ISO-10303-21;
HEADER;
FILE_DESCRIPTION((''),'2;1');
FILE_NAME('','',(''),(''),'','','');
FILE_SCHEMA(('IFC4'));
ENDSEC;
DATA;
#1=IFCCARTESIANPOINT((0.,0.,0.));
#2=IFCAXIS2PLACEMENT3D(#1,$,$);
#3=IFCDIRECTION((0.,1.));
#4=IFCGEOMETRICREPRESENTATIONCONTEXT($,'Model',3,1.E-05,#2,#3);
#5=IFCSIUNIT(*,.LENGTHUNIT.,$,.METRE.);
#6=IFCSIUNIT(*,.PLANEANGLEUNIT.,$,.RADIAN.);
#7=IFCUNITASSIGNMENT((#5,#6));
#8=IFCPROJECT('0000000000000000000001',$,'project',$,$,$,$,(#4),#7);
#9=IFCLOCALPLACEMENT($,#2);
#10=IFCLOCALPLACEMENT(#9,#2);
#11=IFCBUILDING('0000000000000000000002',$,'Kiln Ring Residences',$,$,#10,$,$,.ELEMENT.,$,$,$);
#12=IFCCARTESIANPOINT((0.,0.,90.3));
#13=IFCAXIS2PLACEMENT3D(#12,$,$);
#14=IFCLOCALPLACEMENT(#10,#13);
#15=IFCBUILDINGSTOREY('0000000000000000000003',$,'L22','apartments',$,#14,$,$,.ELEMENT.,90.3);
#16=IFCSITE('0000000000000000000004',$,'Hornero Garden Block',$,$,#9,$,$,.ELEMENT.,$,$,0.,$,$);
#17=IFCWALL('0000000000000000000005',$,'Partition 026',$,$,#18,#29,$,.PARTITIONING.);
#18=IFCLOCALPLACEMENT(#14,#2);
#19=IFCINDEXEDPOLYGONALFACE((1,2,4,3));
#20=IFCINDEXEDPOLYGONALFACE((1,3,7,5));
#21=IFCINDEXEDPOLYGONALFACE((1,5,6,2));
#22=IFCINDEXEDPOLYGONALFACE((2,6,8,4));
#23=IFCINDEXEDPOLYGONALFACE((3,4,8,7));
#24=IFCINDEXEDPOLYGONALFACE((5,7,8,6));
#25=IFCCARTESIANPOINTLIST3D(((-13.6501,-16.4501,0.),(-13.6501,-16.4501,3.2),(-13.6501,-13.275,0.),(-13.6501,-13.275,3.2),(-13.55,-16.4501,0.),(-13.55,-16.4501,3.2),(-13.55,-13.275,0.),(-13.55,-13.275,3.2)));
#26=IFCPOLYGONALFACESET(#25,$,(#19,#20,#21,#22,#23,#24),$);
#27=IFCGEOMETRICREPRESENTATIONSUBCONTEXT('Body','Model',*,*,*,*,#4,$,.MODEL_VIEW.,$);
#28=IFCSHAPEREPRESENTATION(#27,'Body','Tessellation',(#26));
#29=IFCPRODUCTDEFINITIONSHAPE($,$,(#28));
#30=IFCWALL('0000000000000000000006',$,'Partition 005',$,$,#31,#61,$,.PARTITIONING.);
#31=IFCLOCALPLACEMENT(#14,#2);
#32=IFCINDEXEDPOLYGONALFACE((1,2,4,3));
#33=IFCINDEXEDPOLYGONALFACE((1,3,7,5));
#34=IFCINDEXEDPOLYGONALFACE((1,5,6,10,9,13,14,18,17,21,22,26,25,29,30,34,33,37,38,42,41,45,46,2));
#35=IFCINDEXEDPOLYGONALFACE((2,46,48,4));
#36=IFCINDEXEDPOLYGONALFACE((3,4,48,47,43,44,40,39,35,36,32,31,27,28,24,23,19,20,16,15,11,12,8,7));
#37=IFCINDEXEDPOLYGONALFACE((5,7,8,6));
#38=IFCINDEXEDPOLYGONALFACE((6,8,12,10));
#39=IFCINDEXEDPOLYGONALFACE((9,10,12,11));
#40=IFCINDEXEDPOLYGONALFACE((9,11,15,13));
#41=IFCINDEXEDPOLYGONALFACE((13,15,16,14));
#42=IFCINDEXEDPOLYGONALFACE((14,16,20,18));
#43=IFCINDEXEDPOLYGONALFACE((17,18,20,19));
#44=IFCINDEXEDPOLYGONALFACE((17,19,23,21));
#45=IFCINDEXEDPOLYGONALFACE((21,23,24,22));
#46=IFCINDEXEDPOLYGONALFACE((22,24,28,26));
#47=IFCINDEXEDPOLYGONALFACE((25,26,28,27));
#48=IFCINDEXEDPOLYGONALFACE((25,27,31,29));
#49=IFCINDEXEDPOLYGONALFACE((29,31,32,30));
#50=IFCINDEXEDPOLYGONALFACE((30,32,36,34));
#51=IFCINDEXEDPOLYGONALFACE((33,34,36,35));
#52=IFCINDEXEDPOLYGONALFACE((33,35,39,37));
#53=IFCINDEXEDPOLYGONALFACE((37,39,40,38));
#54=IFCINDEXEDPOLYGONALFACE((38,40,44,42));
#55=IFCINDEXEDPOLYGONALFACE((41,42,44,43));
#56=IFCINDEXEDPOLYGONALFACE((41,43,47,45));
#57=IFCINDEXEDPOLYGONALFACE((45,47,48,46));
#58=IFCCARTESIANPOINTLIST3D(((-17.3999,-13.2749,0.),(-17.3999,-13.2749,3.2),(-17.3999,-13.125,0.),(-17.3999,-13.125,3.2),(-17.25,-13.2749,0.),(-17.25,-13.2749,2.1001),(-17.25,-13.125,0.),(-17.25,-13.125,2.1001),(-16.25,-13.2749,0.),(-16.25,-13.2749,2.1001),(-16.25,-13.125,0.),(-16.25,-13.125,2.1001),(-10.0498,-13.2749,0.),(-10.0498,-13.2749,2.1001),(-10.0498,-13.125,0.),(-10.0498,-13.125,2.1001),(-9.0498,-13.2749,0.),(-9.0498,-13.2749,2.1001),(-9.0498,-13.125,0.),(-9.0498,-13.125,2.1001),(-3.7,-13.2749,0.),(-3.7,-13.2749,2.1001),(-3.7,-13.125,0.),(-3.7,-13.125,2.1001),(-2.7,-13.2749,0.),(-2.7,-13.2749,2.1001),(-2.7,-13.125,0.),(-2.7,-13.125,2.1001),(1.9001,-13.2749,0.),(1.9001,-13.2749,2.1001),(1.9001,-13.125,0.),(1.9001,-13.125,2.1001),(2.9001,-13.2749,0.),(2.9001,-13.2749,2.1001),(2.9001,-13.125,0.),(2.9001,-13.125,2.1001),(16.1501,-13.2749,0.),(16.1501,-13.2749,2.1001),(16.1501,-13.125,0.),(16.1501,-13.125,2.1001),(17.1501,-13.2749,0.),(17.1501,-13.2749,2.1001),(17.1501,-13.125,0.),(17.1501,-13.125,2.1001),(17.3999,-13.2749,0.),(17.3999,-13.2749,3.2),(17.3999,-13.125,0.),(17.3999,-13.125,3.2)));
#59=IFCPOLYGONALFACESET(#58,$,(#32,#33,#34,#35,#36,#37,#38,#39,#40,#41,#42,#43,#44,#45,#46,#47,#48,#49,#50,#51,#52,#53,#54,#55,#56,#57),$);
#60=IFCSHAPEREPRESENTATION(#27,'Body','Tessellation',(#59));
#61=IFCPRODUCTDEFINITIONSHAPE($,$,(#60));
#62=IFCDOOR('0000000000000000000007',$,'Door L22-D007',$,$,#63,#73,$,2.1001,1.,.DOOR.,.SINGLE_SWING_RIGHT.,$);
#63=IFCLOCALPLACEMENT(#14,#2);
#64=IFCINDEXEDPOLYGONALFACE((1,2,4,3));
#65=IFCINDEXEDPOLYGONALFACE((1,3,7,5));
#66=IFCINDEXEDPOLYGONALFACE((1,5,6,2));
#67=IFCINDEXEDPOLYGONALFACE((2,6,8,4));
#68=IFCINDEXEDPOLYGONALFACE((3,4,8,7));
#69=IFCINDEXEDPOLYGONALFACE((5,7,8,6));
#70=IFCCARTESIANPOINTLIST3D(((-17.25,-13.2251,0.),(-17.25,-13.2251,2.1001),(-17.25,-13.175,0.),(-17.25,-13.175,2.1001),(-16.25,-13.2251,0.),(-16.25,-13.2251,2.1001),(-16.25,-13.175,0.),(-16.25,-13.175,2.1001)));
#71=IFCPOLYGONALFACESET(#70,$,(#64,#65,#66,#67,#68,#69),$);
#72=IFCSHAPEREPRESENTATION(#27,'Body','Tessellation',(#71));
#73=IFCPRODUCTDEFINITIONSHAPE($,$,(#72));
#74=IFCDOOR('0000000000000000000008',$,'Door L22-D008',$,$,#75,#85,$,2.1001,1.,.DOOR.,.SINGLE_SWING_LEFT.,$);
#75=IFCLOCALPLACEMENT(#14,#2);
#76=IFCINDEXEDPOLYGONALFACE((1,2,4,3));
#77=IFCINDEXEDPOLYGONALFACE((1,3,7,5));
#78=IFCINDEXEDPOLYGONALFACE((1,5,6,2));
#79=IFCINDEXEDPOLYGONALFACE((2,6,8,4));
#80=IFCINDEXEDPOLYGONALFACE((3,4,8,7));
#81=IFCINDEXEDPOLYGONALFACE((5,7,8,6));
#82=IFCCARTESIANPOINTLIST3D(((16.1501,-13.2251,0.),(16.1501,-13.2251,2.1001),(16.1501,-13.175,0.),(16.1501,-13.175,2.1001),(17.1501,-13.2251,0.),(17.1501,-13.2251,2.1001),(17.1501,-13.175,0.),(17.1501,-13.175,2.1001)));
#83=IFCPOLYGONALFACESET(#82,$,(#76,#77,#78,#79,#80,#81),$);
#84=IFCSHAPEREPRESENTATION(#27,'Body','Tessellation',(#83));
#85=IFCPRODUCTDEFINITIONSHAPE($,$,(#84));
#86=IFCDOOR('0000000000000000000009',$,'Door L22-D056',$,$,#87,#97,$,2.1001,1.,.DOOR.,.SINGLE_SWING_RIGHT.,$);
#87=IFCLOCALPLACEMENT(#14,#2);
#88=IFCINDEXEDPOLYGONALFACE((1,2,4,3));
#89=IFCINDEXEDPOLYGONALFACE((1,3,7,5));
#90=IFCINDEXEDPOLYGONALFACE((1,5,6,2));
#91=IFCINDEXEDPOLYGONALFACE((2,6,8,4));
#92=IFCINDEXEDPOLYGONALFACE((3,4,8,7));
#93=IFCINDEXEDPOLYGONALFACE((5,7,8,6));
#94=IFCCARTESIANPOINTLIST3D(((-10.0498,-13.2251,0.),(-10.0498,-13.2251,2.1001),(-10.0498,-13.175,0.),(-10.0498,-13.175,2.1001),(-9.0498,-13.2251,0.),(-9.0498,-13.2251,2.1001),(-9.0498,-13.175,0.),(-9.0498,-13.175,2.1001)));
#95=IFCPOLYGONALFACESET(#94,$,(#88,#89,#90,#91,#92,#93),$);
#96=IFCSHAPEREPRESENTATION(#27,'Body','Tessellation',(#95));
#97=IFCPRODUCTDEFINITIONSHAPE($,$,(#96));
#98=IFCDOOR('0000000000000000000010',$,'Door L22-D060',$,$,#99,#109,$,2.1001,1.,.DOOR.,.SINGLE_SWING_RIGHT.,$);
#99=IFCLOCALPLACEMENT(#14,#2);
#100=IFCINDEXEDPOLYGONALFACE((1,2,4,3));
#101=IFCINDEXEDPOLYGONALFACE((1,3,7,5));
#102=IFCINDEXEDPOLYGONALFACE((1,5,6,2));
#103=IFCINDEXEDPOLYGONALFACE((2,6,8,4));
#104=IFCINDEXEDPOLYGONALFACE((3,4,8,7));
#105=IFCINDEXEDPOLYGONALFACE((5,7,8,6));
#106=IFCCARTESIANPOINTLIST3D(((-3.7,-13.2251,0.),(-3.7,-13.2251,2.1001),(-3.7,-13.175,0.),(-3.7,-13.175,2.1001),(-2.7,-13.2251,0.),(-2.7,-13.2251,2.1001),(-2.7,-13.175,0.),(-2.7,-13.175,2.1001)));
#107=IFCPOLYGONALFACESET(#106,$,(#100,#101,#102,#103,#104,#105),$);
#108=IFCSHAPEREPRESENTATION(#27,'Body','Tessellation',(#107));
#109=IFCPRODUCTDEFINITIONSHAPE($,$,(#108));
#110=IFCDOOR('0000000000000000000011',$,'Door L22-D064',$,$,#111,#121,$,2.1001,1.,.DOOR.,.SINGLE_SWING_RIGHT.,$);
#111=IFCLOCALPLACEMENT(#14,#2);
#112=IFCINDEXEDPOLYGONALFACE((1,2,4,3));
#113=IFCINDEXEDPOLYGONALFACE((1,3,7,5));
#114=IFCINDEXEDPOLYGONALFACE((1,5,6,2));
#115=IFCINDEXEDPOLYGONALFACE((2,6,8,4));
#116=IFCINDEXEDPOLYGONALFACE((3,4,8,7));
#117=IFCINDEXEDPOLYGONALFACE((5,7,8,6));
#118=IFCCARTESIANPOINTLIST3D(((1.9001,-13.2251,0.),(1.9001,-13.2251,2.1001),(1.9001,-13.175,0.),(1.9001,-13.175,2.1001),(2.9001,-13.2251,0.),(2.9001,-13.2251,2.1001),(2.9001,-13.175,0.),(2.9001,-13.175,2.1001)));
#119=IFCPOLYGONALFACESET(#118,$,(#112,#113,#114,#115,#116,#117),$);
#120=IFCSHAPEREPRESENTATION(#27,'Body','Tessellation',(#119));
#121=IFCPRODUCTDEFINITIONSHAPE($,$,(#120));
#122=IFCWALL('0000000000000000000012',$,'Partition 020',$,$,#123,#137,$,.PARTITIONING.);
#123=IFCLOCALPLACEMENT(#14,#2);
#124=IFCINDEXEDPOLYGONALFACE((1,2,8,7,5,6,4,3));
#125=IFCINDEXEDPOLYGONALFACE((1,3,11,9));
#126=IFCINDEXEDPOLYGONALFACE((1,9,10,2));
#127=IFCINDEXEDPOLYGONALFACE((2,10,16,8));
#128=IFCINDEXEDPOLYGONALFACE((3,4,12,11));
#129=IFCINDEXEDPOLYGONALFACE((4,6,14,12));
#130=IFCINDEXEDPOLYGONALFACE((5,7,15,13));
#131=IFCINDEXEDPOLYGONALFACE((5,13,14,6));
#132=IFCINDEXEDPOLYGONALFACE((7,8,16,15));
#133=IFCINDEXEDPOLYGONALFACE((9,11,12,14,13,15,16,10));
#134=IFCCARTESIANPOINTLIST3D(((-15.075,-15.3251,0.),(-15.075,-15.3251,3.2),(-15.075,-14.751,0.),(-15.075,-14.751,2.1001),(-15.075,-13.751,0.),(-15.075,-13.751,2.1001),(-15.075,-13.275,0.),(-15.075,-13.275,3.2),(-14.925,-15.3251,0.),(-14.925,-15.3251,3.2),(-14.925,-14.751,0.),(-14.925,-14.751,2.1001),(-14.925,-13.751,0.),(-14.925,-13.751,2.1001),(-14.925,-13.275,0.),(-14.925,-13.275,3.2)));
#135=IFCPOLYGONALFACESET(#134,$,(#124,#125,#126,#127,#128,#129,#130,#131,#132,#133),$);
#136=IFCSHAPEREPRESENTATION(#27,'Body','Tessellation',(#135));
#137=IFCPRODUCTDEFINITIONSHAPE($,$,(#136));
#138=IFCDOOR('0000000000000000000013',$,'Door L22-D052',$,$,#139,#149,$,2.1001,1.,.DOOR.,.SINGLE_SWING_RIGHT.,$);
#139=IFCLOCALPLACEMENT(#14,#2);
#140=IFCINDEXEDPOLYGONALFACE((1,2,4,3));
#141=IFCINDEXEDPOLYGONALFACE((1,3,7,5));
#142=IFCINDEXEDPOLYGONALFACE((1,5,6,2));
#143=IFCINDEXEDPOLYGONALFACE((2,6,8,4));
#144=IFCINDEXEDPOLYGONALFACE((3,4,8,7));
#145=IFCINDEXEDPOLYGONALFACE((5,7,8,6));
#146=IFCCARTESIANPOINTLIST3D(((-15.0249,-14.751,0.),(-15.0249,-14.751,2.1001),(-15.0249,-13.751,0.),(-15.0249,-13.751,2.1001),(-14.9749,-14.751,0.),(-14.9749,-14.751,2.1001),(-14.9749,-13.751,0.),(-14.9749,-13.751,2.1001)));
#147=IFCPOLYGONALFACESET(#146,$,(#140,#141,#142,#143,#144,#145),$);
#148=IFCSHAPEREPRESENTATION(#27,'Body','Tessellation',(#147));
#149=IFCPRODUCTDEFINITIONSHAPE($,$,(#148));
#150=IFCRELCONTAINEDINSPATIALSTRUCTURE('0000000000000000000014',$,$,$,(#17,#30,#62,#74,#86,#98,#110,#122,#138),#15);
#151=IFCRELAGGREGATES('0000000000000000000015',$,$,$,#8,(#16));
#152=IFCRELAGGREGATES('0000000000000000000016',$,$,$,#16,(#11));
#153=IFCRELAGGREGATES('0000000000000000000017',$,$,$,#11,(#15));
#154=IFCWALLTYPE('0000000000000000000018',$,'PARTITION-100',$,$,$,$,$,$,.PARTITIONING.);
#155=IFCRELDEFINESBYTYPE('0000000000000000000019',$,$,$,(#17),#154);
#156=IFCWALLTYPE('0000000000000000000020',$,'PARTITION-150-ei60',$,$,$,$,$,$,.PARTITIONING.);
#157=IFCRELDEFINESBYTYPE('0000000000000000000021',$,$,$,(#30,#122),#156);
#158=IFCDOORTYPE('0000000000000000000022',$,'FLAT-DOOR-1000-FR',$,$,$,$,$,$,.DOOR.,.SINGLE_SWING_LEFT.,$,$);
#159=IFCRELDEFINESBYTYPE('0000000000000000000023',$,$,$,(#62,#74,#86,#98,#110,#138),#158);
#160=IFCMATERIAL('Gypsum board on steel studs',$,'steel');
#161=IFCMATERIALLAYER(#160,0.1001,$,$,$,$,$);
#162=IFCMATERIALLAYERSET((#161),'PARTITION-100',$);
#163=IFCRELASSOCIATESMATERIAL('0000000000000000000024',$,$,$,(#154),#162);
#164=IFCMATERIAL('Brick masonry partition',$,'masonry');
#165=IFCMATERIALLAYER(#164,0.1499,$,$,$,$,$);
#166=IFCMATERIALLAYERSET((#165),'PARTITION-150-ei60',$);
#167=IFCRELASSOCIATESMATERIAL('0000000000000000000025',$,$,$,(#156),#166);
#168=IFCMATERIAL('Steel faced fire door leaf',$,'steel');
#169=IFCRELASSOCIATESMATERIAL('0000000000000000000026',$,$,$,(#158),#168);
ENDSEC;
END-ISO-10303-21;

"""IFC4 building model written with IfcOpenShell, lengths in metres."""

from ifc_helpers import new_model, si_unit, direction, frame, frame_2d, origin, place, context, subcontext, project, spatial, rectangle, extrude, material, layer, layer_set, type_object, element, fill, save


model = new_model("IFC4")

# Units and contexts
model_context = context("Model", 3, precision=1e-05, world=origin(), true_north=direction((0.0, 1.0)))
body_context = subcontext(model_context, "Body", "Model", "MODEL_VIEW")
ifc_project = project(units=[si_unit("LENGTHUNIT", "METRE"), si_unit("PLANEANGLEUNIT", "RADIAN")], contexts=[model_context])

# Site, building, storey
site_placement = place(None, origin())
site = spatial("IfcSite", under=ifc_project, at=site_placement, Name="Hornero Garden Block", CompositionType="ELEMENT", RefElevation=0.0)
building_placement = place(site_placement, origin())
building = spatial("IfcBuilding", under=site, at=building_placement, Name="Kiln Ring Residences", CompositionType="ELEMENT")
storey_placement = place(building_placement, frame((0.0, 0.0, 90.3)))
storey = spatial("IfcBuildingStorey", under=building, at=storey_placement, Name="L22", Description="apartments", CompositionType="ELEMENT", Elevation=90.3)

# Wall
ifc_material_1 = material(Name="Gypsum board on steel studs", Category="steel")
ifc_layer_1 = layer(ifc_material_1, 0.1001)
ifc_layer_set_1 = layer_set([ifc_layer_1], Name="PARTITION-100")
wall_type_1 = type_object("IfcWallType", Name="PARTITION-100", PredefinedType="PARTITIONING", material=ifc_layer_set_1)
wall_1_placement = place(storey_placement, frame((-13.6001, -16.45, 0.0), z_axis=(0.0, 0.0, 1.0), x_axis=(0.0, 1.0, 0.0)))
element("IfcWall", 1, at=wall_1_placement, inside=storey, type_object=wall_type_1, Name="Partition 026", PredefinedType="PARTITIONING", context=body_context, shape_type="SweptSolid", body=[
    extrude(rectangle(XDim=3.175, YDim=0.1001, at=frame_2d((1.5874, 0.0))), origin(), (0.0, 0.0, 1.0), 3.2),
])

# Wall, openings, doors
ifc_material_2 = material(Name="Brick masonry partition", Category="masonry")
ifc_layer_2 = layer(ifc_material_2, 0.1499)
ifc_layer_set_2 = layer_set([ifc_layer_2], Name="PARTITION-150-ei60")
wall_type_2 = type_object("IfcWallType", Name="PARTITION-150-ei60", PredefinedType="PARTITIONING", material=ifc_layer_set_2)
wall_2_placement = place(storey_placement, frame((-17.3999, -13.2, 0.0), z_axis=(0.0, 0.0, 1.0), x_axis=(1.0, 0.0, 0.0)))
wall_2 = element("IfcWall", 2, at=wall_2_placement, inside=storey, type_object=wall_type_2, Name="Partition 005", PredefinedType="PARTITIONING", context=body_context, shape_type="SweptSolid", body=[
    extrude(rectangle(XDim=34.7998, YDim=0.1499, at=frame_2d((17.3999, 0.0))), origin(), (0.0, 0.0, 1.0), 3.2),
])
opening_1_placement = place(wall_2_placement, frame((0.1499, 0.0, 0.0)))
opening_1 = element("IfcOpeningElement", 3, at=opening_1_placement, cuts=wall_2, PredefinedType="OPENING", context=body_context, shape_type="SweptSolid", body=[
    extrude(rectangle(XDim=1.0, YDim=2.1001, at=frame_2d((0.5, 1.05))), frame((0.0, 0.085, 0.0), z_axis=(0.0, -1.0, 0.0), x_axis=(1.0, 0.0, 0.0)), (0.0, 0.0, 1.0), 0.1699),
])
opening_2_placement = place(wall_2_placement, frame((33.55, 0.0, 0.0)))
opening_2 = element("IfcOpeningElement", 4, at=opening_2_placement, cuts=wall_2, PredefinedType="OPENING", context=body_context, shape_type="SweptSolid", body=[
    extrude(rectangle(XDim=1.0, YDim=2.1001, at=frame_2d((0.5, 1.05))), frame((0.0, 0.085, 0.0), z_axis=(0.0, -1.0, 0.0), x_axis=(1.0, 0.0, 0.0)), (0.0, 0.0, 1.0), 0.1699),
])
opening_3_placement = place(wall_2_placement, frame((7.3501, 0.0, 0.0)))
opening_3 = element("IfcOpeningElement", 5, at=opening_3_placement, cuts=wall_2, PredefinedType="OPENING", context=body_context, shape_type="SweptSolid", body=[
    extrude(rectangle(XDim=1.0, YDim=2.1001, at=frame_2d((0.5, 1.05))), frame((0.0, 0.085, 0.0), z_axis=(0.0, -1.0, 0.0), x_axis=(1.0, 0.0, 0.0)), (0.0, 0.0, 1.0), 0.1699),
])
opening_4_placement = place(wall_2_placement, frame((13.7, 0.0, 0.0)))
opening_4 = element("IfcOpeningElement", 6, at=opening_4_placement, cuts=wall_2, PredefinedType="OPENING", context=body_context, shape_type="SweptSolid", body=[
    extrude(rectangle(XDim=1.0, YDim=2.1001, at=frame_2d((0.5, 1.05))), frame((0.0, 0.085, 0.0), z_axis=(0.0, -1.0, 0.0), x_axis=(1.0, 0.0, 0.0)), (0.0, 0.0, 1.0), 0.1699),
])
opening_5_placement = place(wall_2_placement, frame((19.3, 0.0, 0.0)))
opening_5 = element("IfcOpeningElement", 7, at=opening_5_placement, cuts=wall_2, PredefinedType="OPENING", context=body_context, shape_type="SweptSolid", body=[
    extrude(rectangle(XDim=1.0, YDim=2.1001, at=frame_2d((0.5, 1.05))), frame((0.0, 0.085, 0.0), z_axis=(0.0, -1.0, 0.0), x_axis=(1.0, 0.0, 0.0)), (0.0, 0.0, 1.0), 0.1699),
])
ifc_material_3 = material(Name="Steel faced fire door leaf", Category="steel")
door_type = type_object("IfcDoorType", Name="FLAT-DOOR-1000-FR", OperationType="SINGLE_SWING_LEFT", PredefinedType="DOOR", material=ifc_material_3)
door_1_placement = place(opening_1_placement, origin())
door_1 = element("IfcDoor", 8, at=door_1_placement, inside=storey, type_object=door_type, Name="Door L22-D007", OperationType="SINGLE_SWING_RIGHT", OverallHeight=2.1001, OverallWidth=1.0, PredefinedType="DOOR", context=body_context, shape_type="SweptSolid", body=[
    extrude(rectangle(XDim=1.0, YDim=2.1001, at=frame_2d((0.5, 1.05))), frame((0.0, 0.0249, 0.0), z_axis=(0.0, -1.0, 0.0), x_axis=(1.0, 0.0, 0.0)), (0.0, 0.0, 1.0), 0.05),
])
fill(opening_1, door_1)
door_2_placement = place(opening_2_placement, origin())
door_2 = element("IfcDoor", 9, at=door_2_placement, inside=storey, type_object=door_type, Name="Door L22-D008", OperationType="SINGLE_SWING_LEFT", OverallHeight=2.1001, OverallWidth=1.0, PredefinedType="DOOR", context=body_context, shape_type="SweptSolid", body=[
    extrude(rectangle(XDim=1.0, YDim=2.1001, at=frame_2d((0.5, 1.05))), frame((0.0, 0.0249, 0.0), z_axis=(0.0, -1.0, 0.0), x_axis=(1.0, 0.0, 0.0)), (0.0, 0.0, 1.0), 0.05),
])
fill(opening_2, door_2)
door_3_placement = place(opening_3_placement, origin())
door_3 = element("IfcDoor", 10, at=door_3_placement, inside=storey, type_object=door_type, Name="Door L22-D056", OperationType="SINGLE_SWING_RIGHT", OverallHeight=2.1001, OverallWidth=1.0, PredefinedType="DOOR", context=body_context, shape_type="SweptSolid", body=[
    extrude(rectangle(XDim=1.0, YDim=2.1001, at=frame_2d((0.5, 1.05))), frame((0.0, 0.0249, 0.0), z_axis=(0.0, -1.0, 0.0), x_axis=(1.0, 0.0, 0.0)), (0.0, 0.0, 1.0), 0.05),
])
fill(opening_3, door_3)
door_4_placement = place(opening_4_placement, origin())
door_4 = element("IfcDoor", 11, at=door_4_placement, inside=storey, type_object=door_type, Name="Door L22-D060", OperationType="SINGLE_SWING_RIGHT", OverallHeight=2.1001, OverallWidth=1.0, PredefinedType="DOOR", context=body_context, shape_type="SweptSolid", body=[
    extrude(rectangle(XDim=1.0, YDim=2.1001, at=frame_2d((0.5, 1.05))), frame((0.0, 0.0249, 0.0), z_axis=(0.0, -1.0, 0.0), x_axis=(1.0, 0.0, 0.0)), (0.0, 0.0, 1.0), 0.05),
])
fill(opening_4, door_4)
door_5_placement = place(opening_5_placement, origin())
door_5 = element("IfcDoor", 12, at=door_5_placement, inside=storey, type_object=door_type, Name="Door L22-D064", OperationType="SINGLE_SWING_RIGHT", OverallHeight=2.1001, OverallWidth=1.0, PredefinedType="DOOR", context=body_context, shape_type="SweptSolid", body=[
    extrude(rectangle(XDim=1.0, YDim=2.1001, at=frame_2d((0.5, 1.05))), frame((0.0, 0.0249, 0.0), z_axis=(0.0, -1.0, 0.0), x_axis=(1.0, 0.0, 0.0)), (0.0, 0.0, 1.0), 0.05),
])
fill(opening_5, door_5)

# Wall, opening, door
wall_3_placement = place(storey_placement, frame((-15.0, -15.325, 0.0), z_axis=(0.0, 0.0, 1.0), x_axis=(0.0, 1.0, 0.0)))
wall_3 = element("IfcWall", 13, at=wall_3_placement, inside=storey, type_object=wall_type_2, Name="Partition 020", PredefinedType="PARTITIONING", context=body_context, shape_type="SweptSolid", body=[
    extrude(rectangle(XDim=2.05, YDim=0.1499, at=frame_2d((1.0249, 0.0))), origin(), (0.0, 0.0, 1.0), 3.2),
])
opening_6_placement = place(wall_3_placement, frame((0.574, 0.0, 0.0)))
opening_6 = element("IfcOpeningElement", 14, at=opening_6_placement, cuts=wall_3, PredefinedType="OPENING", context=body_context, shape_type="SweptSolid", body=[
    extrude(rectangle(XDim=1.0, YDim=2.1001, at=frame_2d((0.5, 1.05))), frame((0.0, 0.085, 0.0), z_axis=(0.0, -1.0, 0.0), x_axis=(1.0, 0.0, 0.0)), (0.0, 0.0, 1.0), 0.1699),
])
door_6_placement = place(opening_6_placement, origin())
door_6 = element("IfcDoor", 15, at=door_6_placement, inside=storey, type_object=door_type, Name="Door L22-D052", OperationType="SINGLE_SWING_RIGHT", OverallHeight=2.1001, OverallWidth=1.0, PredefinedType="DOOR", context=body_context, shape_type="SweptSolid", body=[
    extrude(rectangle(XDim=1.0, YDim=2.1001, at=frame_2d((0.5, 1.05))), frame((0.0, 0.0249, 0.0), z_axis=(0.0, -1.0, 0.0), x_axis=(1.0, 0.0, 0.0)), (0.0, 0.0, 1.0), 0.05),
])
fill(opening_6, door_6)

save(model, "model.ifc")
